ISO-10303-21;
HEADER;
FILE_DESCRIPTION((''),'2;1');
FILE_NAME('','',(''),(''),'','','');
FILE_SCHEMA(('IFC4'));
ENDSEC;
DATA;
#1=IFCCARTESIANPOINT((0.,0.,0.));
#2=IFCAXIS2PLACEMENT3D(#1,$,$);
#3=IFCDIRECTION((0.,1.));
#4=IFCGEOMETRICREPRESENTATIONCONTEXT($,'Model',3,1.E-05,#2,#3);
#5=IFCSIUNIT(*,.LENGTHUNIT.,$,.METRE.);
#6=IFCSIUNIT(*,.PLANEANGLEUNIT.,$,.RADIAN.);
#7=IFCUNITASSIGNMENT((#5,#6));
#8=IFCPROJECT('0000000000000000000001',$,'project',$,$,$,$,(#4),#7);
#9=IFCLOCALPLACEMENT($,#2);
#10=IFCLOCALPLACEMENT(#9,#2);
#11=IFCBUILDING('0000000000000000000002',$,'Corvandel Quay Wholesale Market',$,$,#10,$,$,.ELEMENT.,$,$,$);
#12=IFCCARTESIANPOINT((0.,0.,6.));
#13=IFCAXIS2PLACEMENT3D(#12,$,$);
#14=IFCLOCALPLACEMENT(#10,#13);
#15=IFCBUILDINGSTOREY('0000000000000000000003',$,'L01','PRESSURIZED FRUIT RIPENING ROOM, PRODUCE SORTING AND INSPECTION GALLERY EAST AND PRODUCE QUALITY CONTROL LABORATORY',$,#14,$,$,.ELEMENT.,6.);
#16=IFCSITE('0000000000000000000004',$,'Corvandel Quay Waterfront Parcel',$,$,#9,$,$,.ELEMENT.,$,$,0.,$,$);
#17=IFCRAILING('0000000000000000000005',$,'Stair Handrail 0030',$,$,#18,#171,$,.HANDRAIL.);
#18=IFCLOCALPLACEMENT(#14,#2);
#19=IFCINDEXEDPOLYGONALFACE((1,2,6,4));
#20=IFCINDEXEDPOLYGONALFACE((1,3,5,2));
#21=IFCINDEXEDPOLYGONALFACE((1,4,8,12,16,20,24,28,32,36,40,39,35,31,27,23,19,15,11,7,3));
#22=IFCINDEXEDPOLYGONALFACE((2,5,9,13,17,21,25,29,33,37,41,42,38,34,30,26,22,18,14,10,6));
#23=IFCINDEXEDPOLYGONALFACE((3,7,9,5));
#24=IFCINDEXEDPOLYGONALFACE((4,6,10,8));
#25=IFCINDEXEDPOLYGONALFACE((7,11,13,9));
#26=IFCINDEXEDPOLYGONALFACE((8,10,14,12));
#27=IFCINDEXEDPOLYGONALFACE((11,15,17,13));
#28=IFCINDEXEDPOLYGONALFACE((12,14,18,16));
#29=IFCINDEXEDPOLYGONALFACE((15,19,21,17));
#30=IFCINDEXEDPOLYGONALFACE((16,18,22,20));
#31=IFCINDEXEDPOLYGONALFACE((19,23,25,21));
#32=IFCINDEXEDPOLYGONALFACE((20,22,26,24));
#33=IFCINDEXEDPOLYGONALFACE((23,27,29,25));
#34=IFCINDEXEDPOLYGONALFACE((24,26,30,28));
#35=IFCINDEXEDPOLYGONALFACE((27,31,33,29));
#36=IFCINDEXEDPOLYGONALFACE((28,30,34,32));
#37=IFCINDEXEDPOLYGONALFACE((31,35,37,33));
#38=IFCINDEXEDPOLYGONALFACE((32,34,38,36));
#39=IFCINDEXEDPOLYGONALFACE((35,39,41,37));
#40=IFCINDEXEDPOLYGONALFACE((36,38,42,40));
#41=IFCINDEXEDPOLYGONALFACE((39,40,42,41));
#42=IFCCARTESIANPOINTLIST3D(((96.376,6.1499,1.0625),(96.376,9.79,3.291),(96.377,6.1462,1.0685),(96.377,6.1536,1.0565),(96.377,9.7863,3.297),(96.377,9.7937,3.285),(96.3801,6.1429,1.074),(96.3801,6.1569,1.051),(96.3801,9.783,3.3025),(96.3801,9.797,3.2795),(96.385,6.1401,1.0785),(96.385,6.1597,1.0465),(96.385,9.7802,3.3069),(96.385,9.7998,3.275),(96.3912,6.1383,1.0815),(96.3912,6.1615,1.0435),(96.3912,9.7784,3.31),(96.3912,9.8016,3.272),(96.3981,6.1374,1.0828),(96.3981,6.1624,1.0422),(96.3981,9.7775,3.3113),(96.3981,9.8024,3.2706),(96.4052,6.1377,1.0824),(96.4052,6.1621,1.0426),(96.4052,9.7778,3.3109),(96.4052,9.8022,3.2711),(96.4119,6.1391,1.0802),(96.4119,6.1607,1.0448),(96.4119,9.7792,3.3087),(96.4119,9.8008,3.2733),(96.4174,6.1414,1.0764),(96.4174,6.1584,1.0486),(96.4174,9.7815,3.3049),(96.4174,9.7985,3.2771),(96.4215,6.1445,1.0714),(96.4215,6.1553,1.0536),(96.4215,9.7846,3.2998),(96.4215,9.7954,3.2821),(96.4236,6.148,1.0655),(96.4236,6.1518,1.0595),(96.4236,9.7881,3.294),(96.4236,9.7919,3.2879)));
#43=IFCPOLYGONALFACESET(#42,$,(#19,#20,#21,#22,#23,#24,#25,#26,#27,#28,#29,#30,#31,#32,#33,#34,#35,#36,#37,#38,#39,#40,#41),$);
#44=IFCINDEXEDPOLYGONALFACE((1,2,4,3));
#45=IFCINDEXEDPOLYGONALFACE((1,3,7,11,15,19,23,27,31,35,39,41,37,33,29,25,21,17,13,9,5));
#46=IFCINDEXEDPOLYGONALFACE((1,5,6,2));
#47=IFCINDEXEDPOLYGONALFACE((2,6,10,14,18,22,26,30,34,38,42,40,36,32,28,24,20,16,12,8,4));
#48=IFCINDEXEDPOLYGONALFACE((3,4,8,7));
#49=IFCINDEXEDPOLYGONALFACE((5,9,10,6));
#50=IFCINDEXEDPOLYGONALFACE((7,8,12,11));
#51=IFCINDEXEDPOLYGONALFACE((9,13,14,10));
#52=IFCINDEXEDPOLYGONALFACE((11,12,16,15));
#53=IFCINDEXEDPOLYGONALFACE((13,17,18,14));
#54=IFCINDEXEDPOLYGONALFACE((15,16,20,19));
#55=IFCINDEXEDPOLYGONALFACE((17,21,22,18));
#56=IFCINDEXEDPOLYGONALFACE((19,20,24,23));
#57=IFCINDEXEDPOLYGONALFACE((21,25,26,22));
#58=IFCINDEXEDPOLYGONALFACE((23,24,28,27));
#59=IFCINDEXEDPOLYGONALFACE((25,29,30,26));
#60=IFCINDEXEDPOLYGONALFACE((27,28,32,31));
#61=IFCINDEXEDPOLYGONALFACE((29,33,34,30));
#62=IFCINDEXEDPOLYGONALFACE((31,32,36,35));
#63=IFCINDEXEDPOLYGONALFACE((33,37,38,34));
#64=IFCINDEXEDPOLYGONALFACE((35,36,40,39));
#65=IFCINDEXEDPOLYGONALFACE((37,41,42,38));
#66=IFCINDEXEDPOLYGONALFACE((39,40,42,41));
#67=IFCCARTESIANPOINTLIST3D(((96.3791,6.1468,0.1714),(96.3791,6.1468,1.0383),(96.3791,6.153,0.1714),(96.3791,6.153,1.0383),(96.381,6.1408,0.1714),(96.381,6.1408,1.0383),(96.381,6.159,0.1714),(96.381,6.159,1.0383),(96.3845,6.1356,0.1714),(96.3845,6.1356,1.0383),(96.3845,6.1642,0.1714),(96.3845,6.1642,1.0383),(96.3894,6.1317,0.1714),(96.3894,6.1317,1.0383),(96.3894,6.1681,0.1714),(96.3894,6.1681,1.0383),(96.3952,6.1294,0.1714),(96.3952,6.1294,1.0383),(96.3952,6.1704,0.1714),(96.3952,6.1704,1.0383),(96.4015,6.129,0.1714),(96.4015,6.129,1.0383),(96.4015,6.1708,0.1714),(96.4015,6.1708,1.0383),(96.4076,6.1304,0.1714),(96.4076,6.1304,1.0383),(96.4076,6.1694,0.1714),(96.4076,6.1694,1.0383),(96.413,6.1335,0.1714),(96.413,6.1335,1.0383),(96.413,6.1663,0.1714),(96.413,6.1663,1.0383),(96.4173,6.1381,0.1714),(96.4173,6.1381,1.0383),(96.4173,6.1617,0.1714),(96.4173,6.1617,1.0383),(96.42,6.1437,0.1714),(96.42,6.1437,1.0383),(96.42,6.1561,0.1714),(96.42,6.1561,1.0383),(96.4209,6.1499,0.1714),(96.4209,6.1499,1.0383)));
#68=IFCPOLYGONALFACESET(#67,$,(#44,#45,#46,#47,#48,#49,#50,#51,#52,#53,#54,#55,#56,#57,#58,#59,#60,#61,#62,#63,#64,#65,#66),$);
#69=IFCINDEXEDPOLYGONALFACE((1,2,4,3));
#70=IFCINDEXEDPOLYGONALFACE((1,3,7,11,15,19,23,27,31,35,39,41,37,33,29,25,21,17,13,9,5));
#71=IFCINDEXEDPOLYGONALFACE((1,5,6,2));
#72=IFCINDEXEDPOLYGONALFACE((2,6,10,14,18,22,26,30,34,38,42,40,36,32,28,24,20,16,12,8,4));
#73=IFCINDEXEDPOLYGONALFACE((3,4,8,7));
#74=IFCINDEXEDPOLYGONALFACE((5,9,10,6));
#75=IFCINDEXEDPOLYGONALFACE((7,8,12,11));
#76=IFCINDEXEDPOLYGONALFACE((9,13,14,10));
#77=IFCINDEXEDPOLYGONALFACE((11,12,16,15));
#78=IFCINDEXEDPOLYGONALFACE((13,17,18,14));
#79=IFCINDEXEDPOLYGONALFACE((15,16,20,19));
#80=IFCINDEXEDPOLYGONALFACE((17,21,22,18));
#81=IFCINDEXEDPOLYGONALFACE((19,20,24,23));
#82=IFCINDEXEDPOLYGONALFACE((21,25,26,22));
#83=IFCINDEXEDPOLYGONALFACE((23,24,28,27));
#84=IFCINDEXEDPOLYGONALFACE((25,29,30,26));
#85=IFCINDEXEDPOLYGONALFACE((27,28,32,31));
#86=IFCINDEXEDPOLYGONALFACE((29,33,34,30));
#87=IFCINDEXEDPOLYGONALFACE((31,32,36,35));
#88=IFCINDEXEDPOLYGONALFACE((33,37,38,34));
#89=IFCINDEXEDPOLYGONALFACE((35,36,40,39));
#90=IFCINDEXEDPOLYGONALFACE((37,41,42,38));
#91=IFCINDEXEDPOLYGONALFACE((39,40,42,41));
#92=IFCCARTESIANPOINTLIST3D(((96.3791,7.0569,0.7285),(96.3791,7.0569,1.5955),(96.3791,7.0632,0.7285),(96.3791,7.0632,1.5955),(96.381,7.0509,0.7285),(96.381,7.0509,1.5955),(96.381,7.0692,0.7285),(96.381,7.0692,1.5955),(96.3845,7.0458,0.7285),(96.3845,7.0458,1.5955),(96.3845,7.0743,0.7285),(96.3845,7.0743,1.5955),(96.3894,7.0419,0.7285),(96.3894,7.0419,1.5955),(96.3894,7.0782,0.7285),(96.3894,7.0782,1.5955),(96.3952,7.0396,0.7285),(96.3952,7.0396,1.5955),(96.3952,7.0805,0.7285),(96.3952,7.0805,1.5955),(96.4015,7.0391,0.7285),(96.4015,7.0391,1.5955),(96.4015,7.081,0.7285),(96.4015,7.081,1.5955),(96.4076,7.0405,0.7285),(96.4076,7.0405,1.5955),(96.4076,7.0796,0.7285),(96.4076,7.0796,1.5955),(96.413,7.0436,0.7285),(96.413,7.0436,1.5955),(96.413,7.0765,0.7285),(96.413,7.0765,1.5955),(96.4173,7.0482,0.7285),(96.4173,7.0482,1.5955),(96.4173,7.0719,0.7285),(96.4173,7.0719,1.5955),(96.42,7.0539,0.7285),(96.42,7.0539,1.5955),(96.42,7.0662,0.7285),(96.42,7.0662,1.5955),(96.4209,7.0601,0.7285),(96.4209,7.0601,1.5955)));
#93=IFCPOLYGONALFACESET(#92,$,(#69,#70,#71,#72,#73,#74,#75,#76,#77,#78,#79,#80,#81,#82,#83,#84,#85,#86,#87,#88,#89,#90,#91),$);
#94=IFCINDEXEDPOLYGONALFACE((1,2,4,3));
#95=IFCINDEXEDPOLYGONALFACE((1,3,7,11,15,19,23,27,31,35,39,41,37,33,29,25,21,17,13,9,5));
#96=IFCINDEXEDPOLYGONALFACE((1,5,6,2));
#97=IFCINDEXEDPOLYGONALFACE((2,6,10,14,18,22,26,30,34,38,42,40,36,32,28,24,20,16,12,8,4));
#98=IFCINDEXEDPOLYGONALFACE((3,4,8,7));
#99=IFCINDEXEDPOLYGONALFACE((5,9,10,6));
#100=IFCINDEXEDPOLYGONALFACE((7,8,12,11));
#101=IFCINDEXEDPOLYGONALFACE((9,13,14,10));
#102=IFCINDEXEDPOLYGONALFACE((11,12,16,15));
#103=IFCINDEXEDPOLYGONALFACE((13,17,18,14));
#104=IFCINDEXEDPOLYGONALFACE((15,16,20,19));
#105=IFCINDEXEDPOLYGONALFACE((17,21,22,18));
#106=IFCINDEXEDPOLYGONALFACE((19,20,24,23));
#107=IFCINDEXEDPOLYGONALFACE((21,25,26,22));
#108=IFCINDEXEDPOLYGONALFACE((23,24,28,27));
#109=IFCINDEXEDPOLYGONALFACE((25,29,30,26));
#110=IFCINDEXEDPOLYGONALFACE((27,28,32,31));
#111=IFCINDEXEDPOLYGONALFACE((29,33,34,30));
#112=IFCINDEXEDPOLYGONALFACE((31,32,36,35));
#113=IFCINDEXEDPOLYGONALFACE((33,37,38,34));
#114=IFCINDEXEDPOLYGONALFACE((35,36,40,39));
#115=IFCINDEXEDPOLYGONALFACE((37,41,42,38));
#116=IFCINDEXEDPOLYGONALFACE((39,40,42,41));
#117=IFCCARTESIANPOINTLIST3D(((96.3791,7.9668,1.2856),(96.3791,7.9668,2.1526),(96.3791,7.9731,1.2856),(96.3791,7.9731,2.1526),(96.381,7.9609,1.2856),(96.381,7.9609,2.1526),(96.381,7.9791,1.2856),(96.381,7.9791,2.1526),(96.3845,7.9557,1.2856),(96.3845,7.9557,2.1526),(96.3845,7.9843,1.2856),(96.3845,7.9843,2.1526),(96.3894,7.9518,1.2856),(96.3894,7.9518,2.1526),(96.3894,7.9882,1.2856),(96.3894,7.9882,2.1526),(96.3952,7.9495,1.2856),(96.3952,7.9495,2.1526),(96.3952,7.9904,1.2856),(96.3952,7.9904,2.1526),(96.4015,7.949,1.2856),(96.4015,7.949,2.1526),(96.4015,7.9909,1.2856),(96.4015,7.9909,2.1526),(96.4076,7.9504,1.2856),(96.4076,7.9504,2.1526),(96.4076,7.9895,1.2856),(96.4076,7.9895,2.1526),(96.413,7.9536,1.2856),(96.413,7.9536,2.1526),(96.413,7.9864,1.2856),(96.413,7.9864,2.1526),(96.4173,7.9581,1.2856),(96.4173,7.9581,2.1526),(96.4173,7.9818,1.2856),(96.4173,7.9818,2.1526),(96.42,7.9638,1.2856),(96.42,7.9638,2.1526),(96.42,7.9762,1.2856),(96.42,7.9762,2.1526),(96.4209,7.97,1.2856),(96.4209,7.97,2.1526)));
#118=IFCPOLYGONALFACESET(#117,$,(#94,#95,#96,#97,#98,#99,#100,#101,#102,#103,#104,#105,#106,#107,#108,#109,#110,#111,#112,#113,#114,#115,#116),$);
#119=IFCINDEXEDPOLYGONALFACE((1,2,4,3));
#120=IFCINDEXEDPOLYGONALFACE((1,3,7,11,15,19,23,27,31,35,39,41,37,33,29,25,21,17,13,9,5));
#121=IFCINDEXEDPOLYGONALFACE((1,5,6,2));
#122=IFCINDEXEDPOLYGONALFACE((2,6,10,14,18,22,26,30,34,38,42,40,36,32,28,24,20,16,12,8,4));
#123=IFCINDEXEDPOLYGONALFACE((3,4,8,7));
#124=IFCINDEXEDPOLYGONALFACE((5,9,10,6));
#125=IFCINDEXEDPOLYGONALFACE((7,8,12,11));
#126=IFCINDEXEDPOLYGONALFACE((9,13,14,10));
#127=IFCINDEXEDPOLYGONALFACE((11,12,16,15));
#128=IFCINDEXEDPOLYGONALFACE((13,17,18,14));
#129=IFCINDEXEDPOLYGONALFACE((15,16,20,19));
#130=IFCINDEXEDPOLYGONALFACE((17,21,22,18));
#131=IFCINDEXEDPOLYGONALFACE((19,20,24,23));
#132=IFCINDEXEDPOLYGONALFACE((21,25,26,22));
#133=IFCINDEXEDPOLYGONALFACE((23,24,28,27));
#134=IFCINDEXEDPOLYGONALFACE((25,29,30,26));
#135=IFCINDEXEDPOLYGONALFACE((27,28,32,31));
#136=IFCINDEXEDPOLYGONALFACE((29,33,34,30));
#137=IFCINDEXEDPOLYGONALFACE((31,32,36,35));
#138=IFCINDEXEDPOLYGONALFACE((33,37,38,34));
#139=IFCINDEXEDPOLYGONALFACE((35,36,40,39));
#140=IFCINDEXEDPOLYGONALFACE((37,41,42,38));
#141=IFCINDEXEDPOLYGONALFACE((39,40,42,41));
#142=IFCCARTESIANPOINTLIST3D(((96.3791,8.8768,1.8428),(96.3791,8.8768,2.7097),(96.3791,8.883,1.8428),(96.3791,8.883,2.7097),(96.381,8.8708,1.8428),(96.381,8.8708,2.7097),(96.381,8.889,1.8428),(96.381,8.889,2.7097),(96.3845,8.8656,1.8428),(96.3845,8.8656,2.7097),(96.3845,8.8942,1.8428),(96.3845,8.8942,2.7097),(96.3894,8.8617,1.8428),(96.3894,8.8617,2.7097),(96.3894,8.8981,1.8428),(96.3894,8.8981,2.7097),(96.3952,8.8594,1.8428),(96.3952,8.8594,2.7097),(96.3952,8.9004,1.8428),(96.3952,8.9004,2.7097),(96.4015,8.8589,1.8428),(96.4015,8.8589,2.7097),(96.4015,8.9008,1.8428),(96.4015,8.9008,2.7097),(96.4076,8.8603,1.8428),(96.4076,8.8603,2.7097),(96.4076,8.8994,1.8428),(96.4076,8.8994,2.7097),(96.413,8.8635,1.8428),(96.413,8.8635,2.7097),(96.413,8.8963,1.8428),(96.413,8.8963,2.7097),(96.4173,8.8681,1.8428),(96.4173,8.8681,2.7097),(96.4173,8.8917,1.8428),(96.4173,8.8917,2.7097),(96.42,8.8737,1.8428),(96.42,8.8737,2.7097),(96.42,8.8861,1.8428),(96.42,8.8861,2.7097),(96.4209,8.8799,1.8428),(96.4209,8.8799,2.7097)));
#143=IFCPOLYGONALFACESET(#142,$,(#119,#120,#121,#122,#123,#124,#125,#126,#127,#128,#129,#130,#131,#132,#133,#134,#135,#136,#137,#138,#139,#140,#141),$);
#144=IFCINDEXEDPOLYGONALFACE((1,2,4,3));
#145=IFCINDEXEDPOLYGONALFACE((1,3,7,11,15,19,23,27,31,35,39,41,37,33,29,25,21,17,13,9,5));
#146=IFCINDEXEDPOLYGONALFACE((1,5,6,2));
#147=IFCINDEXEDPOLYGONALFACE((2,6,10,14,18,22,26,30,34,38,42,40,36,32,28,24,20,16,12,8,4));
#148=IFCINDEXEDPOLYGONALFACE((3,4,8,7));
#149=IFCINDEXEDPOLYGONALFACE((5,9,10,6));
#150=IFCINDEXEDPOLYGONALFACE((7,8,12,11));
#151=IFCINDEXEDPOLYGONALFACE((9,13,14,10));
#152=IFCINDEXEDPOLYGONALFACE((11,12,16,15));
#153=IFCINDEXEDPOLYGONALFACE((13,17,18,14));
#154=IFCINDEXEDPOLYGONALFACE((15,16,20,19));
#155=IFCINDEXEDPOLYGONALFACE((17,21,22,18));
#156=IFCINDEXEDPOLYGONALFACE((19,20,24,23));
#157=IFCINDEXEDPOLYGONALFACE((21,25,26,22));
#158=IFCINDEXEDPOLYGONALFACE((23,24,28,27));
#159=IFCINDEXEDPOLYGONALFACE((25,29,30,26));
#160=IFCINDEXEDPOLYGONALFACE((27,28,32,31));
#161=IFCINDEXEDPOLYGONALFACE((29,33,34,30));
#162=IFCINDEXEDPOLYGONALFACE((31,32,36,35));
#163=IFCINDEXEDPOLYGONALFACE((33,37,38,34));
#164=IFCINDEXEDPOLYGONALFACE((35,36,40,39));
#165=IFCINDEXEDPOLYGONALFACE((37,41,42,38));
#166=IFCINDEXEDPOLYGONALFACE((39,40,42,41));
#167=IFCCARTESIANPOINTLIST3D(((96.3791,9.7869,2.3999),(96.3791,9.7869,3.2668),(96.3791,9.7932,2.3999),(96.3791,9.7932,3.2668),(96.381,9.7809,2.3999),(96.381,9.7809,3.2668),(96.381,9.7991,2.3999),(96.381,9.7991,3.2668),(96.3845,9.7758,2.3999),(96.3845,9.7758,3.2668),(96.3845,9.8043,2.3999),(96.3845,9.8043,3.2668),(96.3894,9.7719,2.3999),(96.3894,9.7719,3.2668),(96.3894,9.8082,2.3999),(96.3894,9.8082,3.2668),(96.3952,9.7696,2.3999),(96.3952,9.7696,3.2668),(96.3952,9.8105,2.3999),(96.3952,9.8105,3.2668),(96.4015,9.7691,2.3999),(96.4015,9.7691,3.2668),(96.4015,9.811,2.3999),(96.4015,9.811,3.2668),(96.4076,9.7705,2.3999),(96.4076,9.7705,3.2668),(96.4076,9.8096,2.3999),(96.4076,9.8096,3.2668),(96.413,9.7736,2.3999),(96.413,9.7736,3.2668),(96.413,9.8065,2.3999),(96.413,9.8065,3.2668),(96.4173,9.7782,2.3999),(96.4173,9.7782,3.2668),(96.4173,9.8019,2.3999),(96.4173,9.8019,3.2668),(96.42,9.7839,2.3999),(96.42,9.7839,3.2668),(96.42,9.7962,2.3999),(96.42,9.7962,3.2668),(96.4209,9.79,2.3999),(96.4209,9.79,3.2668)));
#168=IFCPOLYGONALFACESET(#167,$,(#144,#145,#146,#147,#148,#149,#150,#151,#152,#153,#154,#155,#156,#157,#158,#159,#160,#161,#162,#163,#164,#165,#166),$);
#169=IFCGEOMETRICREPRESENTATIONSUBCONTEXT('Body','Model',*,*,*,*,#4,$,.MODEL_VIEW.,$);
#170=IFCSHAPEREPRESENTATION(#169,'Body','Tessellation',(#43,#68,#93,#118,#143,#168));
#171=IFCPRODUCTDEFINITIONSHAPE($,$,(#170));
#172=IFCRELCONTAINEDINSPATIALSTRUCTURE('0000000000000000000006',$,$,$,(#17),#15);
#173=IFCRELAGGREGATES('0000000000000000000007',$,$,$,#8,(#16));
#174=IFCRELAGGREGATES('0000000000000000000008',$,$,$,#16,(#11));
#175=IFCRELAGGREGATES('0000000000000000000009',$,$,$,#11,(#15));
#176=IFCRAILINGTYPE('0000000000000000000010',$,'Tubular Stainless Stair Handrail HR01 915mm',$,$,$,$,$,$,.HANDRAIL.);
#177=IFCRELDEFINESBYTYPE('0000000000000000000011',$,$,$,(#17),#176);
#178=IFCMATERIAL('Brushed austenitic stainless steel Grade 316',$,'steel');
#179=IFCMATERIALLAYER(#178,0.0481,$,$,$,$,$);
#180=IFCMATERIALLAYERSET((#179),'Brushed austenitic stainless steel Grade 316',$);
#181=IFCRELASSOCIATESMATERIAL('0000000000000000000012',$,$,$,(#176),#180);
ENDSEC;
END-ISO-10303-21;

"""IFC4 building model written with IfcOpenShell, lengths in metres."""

from ifc_helpers import new_model, si_unit, direction, frame, origin, origin_2d, place, context, subcontext, project, spatial, circle, extrude, material, layer, layer_set, type_object, element, save


model = new_model("IFC4")

# Units and contexts
model_context = context("Model", 3, precision=1e-05, world=origin(), true_north=direction((0.0, 1.0)))
body_context = subcontext(model_context, "Body", "Model", "MODEL_VIEW")
ifc_project = project(units=[si_unit("LENGTHUNIT", "METRE"), si_unit("PLANEANGLEUNIT", "RADIAN")], contexts=[model_context])

# Site, building, storey
site_placement = place(None, origin())
site = spatial("IfcSite", under=ifc_project, at=site_placement, Name="Corvandel Quay Waterfront Parcel", CompositionType="ELEMENT", RefElevation=0.0)
building_placement = place(site_placement, origin())
building = spatial("IfcBuilding", under=site, at=building_placement, Name="Corvandel Quay Wholesale Market", CompositionType="ELEMENT")
storey_placement = place(building_placement, frame((0.0, 0.0, 6.0)))
storey = spatial("IfcBuildingStorey", under=building, at=storey_placement, Name="L01", Description="PRESSURIZED FRUIT RIPENING ROOM, PRODUCE SORTING AND INSPECTION GALLERY EAST AND PRODUCE QUALITY CONTROL LABORATORY", CompositionType="ELEMENT", Elevation=6.0)

# Railing
ifc_material_1 = material(Name="Brushed austenitic stainless steel Grade 316", Category="steel")
ifc_layer_1 = layer(ifc_material_1, 0.0481)
ifc_layer_set_1 = layer_set([ifc_layer_1], Name="Brushed austenitic stainless steel Grade 316")
railing_type_1 = type_object("IfcRailingType", Name="Tubular Stainless Stair Handrail HR01 915mm", PredefinedType="HANDRAIL", material=ifc_layer_set_1)
railing_1_placement = place(storey_placement, frame((96.3999, 6.1499, 0.1714)))
element("IfcRailing", 1, at=railing_1_placement, inside=storey, type_object=railing_type_1, Name="Stair Handrail 0030", PredefinedType="HANDRAIL", context=body_context, shape_type="SweptSolid", body=[
    extrude(circle(Radius=0.0239, at=origin_2d()), frame((0.0, 0.0, 0.8911), z_axis=(0.0, 0.852866, 0.52213), x_axis=(-1.0, 0.0, 0.0)), (0.0, 0.0, 1.0), 4.2681),
    extrude(circle(Radius=0.021, at=origin_2d()), origin(), (0.0, 0.0, 1.0), 0.8669),
    extrude(circle(Radius=0.021, at=origin_2d()), frame((0.0, 0.9102, 0.5571)), (0.0, 0.0, 1.0), 0.8669),
    extrude(circle(Radius=0.021, at=origin_2d()), frame((0.0, 1.8201, 1.1143)), (0.0, 0.0, 1.0), 0.8669),
    extrude(circle(Radius=0.021, at=origin_2d()), frame((0.0, 2.73, 1.6714)), (0.0, 0.0, 1.0), 0.8669),
    extrude(circle(Radius=0.021, at=origin_2d()), frame((0.0, 3.6401, 2.2285)), (0.0, 0.0, 1.0), 0.8669),
])

save(model, "model.ifc")
